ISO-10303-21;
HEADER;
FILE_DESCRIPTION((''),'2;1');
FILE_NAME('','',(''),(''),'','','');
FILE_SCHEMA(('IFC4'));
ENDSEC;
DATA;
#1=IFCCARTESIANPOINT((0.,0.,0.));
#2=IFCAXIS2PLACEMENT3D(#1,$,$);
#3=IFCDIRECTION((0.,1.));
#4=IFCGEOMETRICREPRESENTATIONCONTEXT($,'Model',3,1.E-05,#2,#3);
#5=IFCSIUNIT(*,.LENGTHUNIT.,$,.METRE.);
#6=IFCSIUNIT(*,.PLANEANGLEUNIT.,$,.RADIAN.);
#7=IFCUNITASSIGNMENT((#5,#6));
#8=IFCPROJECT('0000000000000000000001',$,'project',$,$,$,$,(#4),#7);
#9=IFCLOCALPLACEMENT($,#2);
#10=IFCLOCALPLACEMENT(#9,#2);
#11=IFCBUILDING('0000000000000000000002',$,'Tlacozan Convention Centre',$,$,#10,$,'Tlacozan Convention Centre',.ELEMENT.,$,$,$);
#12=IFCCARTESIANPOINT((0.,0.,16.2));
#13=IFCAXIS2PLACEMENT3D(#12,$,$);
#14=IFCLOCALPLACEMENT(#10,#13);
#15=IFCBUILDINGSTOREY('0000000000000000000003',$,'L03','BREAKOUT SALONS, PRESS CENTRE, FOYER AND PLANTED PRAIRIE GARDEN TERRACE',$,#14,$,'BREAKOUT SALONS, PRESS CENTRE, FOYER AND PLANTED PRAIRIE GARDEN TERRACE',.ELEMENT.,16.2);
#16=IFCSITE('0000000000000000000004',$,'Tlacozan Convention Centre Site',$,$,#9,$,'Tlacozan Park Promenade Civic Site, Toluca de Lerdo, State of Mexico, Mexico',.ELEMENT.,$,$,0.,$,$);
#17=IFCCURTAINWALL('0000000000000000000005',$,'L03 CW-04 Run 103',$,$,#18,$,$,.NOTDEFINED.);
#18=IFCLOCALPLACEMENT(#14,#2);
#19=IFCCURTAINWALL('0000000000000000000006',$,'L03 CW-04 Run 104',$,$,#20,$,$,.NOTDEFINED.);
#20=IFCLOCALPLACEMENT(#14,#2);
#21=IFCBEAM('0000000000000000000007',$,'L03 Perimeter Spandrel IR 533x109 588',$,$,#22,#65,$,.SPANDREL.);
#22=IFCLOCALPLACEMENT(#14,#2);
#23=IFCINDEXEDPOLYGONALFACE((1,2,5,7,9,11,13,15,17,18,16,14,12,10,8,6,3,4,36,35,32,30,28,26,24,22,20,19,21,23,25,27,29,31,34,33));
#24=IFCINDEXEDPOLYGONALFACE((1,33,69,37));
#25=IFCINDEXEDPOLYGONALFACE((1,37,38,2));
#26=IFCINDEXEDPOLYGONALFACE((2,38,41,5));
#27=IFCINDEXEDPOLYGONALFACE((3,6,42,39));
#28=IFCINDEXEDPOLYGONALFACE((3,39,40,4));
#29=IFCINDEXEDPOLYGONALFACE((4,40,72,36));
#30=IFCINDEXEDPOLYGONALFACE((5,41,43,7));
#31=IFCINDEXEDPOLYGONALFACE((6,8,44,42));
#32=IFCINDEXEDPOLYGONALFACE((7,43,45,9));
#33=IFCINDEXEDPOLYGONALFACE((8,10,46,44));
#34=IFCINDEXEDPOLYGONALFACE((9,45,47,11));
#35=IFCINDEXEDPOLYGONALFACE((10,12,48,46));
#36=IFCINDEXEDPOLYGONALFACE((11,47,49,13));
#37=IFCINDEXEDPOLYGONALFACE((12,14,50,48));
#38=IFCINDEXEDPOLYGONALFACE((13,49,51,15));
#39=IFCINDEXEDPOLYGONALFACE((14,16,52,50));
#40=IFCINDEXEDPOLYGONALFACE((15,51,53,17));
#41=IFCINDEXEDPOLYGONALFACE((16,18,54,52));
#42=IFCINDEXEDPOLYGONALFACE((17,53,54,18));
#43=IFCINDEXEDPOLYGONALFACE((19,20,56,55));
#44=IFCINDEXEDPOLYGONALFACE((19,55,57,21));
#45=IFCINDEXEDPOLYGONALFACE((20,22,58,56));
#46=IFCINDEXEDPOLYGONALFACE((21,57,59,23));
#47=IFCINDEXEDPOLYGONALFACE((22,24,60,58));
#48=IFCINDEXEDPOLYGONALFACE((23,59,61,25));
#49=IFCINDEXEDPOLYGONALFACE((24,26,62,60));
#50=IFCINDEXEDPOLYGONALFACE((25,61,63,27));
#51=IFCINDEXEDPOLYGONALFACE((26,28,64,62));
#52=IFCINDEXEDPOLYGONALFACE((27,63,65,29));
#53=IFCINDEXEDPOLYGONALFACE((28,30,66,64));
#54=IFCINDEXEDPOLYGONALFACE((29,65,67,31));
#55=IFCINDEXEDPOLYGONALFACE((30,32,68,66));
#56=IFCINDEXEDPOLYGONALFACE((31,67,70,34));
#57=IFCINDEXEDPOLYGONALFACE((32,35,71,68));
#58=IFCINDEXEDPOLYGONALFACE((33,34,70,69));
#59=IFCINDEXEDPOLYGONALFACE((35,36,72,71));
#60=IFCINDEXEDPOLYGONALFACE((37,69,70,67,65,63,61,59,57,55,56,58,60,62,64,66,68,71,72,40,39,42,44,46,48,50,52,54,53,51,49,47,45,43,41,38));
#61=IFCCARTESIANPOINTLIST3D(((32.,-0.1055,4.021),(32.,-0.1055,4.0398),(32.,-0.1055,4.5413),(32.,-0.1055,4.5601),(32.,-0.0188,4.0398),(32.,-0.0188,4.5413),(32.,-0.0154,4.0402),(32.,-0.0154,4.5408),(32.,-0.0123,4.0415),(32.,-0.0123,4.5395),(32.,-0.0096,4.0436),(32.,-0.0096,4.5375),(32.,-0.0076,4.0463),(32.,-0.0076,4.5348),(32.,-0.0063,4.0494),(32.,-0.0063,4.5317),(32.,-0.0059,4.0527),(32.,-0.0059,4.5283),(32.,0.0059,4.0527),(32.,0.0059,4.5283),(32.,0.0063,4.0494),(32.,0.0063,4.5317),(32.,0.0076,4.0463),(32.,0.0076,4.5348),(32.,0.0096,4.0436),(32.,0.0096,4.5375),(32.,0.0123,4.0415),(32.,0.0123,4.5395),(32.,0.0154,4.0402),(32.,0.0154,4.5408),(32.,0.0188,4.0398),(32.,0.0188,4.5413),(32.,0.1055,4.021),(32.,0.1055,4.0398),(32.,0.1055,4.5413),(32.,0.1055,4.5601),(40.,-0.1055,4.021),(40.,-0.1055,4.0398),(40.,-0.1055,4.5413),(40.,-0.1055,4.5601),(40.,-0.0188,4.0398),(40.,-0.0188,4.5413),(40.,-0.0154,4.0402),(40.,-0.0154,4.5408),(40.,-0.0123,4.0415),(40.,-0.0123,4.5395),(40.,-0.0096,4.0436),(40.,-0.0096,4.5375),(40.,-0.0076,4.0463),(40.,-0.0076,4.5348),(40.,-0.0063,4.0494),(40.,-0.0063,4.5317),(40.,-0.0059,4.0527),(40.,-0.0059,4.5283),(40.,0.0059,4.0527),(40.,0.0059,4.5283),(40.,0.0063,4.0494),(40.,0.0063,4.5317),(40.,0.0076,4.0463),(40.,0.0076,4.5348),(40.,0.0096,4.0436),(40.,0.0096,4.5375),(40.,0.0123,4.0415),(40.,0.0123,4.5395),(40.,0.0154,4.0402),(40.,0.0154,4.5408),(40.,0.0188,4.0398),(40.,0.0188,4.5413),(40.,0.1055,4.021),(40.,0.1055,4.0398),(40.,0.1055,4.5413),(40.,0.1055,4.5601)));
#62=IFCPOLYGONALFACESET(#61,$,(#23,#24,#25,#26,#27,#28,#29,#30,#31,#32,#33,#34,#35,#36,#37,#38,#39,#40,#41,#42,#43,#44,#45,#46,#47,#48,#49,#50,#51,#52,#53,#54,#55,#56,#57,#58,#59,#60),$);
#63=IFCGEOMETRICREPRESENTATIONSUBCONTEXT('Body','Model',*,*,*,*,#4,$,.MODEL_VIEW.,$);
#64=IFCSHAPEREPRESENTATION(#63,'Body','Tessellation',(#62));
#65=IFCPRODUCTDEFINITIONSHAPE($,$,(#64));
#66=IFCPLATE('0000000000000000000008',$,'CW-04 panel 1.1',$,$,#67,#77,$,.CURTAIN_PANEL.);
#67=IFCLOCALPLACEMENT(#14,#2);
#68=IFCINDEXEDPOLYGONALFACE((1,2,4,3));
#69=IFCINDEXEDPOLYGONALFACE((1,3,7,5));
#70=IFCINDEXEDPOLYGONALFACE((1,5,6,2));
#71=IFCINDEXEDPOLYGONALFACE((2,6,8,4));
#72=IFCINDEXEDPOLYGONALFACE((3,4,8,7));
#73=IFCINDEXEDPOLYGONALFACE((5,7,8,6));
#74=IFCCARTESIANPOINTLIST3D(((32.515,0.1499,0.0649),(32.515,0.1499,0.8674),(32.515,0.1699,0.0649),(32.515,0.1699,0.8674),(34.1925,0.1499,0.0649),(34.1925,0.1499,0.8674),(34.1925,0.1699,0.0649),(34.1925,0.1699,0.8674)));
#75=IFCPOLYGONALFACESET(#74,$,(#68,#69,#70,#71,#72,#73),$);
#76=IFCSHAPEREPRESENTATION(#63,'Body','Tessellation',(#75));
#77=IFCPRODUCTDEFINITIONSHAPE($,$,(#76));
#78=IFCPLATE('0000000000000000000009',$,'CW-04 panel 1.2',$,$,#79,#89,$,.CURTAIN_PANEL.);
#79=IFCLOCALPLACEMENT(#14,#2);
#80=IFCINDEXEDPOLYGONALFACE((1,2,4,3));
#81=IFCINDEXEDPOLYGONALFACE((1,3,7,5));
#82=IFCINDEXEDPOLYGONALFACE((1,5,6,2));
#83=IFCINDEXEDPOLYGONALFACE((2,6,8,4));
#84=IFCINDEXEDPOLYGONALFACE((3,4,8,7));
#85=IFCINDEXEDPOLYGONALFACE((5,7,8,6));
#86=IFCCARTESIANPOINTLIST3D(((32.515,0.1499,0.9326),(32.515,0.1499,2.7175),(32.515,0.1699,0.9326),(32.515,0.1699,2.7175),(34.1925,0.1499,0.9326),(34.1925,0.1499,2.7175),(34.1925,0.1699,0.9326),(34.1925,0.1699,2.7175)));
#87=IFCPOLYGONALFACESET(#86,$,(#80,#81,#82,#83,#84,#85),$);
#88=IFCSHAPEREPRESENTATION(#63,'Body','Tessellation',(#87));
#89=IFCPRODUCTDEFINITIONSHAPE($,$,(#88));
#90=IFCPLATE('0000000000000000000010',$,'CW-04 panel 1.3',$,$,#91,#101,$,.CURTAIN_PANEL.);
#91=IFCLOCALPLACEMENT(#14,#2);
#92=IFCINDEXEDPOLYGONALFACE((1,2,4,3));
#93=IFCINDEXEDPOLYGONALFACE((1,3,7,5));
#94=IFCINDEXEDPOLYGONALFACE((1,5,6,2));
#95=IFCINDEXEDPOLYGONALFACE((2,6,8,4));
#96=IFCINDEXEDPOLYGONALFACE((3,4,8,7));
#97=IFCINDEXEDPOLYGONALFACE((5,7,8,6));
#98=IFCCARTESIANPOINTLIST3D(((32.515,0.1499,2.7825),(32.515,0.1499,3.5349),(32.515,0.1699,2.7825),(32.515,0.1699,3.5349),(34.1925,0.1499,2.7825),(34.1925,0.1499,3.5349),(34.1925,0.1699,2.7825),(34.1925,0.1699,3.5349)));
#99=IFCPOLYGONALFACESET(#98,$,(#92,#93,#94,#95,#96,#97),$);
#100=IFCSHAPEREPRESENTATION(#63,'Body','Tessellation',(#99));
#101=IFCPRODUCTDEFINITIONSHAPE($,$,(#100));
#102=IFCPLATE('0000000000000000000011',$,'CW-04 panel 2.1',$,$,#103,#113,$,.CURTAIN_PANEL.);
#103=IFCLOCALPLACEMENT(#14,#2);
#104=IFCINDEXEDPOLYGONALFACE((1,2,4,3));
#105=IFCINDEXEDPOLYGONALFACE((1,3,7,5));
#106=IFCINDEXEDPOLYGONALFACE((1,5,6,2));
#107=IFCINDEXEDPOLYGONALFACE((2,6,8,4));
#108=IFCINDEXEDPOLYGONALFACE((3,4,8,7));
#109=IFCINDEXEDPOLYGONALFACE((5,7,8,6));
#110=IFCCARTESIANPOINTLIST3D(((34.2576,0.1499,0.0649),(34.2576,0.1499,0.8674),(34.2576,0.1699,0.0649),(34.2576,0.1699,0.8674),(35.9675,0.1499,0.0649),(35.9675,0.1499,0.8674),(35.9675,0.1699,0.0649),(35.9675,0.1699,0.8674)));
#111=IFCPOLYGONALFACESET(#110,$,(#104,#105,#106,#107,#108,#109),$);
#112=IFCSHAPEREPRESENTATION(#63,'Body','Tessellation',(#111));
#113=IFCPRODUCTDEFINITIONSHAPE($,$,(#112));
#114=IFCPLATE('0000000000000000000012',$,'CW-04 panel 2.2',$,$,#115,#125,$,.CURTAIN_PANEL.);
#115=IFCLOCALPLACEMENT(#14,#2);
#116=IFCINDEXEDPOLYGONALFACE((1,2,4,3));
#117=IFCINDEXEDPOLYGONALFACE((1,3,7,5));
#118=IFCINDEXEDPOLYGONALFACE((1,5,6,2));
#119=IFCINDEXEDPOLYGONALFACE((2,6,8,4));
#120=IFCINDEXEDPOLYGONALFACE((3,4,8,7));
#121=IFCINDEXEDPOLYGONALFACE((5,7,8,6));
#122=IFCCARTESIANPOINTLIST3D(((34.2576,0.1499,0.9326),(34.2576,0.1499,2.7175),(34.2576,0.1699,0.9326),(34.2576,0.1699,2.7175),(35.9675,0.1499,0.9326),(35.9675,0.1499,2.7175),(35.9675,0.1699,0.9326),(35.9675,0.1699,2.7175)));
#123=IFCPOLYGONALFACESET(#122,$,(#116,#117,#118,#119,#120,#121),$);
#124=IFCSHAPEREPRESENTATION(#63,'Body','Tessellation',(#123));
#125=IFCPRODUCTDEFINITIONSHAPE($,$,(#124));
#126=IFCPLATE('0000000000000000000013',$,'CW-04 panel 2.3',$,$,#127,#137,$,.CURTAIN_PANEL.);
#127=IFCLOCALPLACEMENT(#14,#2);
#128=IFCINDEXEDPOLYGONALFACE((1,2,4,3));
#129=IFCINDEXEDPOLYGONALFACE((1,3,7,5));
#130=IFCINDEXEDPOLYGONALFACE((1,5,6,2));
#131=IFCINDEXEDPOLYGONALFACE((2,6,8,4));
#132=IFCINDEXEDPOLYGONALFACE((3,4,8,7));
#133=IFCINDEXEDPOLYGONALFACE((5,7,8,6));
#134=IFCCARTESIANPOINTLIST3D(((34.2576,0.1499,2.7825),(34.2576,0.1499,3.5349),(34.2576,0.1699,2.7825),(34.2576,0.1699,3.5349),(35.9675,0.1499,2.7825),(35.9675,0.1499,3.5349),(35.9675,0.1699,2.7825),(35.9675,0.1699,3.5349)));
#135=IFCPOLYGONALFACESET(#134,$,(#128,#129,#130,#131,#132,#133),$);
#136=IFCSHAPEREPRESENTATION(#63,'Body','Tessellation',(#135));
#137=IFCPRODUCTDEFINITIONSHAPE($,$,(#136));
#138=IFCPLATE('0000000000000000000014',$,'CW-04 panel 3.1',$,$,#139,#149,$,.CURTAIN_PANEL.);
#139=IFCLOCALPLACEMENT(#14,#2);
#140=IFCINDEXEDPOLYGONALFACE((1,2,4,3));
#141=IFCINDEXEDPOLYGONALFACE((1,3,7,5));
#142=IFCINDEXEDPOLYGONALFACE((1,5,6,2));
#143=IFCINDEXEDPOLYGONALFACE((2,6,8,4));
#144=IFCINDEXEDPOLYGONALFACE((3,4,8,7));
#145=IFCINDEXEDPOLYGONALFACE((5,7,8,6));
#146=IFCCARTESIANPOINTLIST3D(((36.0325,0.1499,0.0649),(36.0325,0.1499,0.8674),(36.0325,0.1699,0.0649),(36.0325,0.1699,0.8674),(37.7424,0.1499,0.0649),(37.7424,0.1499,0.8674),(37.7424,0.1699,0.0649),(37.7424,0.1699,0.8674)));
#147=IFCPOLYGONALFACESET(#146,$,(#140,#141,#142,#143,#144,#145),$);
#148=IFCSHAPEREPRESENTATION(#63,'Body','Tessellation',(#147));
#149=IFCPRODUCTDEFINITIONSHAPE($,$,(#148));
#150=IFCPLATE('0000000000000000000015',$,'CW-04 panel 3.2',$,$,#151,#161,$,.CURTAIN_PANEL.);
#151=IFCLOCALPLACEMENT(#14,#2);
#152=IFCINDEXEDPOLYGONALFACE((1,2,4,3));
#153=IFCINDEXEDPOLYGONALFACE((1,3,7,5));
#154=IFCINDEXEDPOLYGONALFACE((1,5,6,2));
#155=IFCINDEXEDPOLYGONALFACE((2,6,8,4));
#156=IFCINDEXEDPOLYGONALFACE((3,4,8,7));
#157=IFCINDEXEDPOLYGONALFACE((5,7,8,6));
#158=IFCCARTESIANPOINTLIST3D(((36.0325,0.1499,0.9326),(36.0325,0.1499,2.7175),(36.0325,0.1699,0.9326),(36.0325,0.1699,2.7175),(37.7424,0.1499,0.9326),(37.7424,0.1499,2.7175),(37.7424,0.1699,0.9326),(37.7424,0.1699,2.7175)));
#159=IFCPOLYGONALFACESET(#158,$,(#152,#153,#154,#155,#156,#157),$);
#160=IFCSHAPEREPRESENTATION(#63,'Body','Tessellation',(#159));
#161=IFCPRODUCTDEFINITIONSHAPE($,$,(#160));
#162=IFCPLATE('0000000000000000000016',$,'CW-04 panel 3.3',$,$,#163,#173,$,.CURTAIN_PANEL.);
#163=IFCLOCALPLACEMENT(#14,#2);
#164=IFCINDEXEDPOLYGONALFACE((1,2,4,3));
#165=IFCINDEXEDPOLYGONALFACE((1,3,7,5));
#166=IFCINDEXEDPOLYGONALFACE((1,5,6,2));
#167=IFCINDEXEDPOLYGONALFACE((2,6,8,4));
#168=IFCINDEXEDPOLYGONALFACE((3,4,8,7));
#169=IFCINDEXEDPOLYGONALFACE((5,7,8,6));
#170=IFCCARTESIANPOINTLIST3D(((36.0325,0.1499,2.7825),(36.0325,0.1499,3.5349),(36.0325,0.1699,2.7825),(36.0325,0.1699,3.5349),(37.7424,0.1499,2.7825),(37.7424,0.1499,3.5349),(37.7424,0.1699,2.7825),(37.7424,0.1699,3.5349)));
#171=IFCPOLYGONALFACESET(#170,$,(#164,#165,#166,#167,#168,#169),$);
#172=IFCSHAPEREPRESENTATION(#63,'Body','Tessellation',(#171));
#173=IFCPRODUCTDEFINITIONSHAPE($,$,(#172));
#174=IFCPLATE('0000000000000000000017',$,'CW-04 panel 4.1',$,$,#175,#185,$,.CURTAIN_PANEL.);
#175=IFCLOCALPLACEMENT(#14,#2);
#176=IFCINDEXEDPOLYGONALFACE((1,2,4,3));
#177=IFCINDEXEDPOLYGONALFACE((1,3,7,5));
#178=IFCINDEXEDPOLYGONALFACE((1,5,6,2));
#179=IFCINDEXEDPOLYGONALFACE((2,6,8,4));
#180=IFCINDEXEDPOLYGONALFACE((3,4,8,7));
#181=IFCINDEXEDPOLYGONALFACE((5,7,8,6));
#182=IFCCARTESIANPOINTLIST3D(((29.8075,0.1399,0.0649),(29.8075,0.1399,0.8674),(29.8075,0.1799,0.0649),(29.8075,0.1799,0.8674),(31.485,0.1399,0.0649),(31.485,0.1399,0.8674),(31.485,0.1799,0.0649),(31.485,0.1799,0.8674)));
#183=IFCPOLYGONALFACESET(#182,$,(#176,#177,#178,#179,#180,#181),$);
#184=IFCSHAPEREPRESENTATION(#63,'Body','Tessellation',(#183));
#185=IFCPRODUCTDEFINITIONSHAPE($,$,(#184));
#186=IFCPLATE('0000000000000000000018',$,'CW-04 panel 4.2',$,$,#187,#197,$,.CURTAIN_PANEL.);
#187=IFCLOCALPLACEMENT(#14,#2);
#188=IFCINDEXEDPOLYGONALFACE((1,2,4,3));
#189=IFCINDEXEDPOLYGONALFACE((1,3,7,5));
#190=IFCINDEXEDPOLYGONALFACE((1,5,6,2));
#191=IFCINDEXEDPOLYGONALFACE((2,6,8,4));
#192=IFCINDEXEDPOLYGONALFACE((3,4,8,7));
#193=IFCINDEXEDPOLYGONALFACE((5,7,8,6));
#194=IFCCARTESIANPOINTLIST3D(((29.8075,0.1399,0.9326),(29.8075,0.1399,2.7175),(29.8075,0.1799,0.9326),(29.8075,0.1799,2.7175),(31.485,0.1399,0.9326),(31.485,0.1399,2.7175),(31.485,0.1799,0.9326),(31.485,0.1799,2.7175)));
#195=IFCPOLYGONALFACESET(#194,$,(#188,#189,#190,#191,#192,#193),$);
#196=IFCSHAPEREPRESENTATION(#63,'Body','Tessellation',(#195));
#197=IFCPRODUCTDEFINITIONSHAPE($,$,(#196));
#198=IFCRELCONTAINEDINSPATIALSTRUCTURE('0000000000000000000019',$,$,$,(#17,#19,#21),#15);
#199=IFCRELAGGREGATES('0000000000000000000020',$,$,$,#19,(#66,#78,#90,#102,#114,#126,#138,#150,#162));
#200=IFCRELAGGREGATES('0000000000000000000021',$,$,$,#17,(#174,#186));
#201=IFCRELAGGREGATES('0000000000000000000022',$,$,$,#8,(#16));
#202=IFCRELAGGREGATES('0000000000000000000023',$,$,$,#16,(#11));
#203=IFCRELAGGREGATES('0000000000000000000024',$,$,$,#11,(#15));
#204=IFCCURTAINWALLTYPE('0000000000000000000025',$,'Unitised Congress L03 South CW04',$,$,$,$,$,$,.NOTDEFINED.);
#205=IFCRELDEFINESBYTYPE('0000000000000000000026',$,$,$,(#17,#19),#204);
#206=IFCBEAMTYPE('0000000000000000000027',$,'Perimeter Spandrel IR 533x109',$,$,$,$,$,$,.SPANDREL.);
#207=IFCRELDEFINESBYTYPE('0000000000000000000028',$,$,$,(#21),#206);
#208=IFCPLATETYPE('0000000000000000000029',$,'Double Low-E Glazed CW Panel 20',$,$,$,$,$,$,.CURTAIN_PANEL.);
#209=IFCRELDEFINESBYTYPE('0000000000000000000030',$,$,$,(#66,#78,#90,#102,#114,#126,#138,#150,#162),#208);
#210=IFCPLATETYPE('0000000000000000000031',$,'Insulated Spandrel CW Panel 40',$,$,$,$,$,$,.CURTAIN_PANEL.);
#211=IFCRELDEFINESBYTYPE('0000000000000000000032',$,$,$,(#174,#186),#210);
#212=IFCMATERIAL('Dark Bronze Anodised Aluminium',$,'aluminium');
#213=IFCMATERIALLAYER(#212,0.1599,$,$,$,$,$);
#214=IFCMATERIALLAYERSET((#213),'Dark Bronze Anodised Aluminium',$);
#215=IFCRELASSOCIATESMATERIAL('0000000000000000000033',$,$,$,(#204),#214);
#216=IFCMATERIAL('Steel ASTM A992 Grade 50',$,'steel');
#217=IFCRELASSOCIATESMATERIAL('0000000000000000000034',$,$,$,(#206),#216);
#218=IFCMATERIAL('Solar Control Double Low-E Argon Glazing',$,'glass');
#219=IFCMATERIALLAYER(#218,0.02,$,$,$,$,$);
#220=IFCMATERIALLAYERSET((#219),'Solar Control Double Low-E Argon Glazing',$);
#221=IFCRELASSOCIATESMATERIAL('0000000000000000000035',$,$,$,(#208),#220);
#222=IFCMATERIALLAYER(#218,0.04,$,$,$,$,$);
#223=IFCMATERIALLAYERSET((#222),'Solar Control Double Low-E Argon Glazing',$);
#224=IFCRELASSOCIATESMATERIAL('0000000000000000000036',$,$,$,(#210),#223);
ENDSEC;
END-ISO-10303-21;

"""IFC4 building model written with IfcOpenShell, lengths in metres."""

from ifc_helpers import new_model, si_unit, direction, frame, origin, origin_2d, place, context, subcontext, project, spatial, rectangle, i_section, extrude, material, layer, layer_set, material_profile, profile_set, type_object, element, aggregate, save


model = new_model("IFC4")

# Units and contexts
model_context = context("Model", 3, precision=1e-05, world=origin(), true_north=direction((0.0, 1.0)))
body_context = subcontext(model_context, "Body", "Model", "MODEL_VIEW")
ifc_project = project(units=[si_unit("LENGTHUNIT", "METRE"), si_unit("PLANEANGLEUNIT", "RADIAN")], contexts=[model_context])

# Site, building, storey
site_placement = place(None, origin())
site = spatial("IfcSite", under=ifc_project, at=site_placement, Name="Tlacozan Convention Centre Site", LongName="Tlacozan Park Promenade Civic Site, Toluca de Lerdo, State of Mexico, Mexico", CompositionType="ELEMENT", RefElevation=0.0)
building_placement = place(site_placement, origin())
building = spatial("IfcBuilding", under=site, at=building_placement, Name="Tlacozan Convention Centre", LongName="Tlacozan Convention Centre", CompositionType="ELEMENT")
storey_placement = place(building_placement, frame((0.0, 0.0, 16.2)))
storey = spatial("IfcBuildingStorey", under=building, at=storey_placement, Name="L03", Description="BREAKOUT SALONS, PRESS CENTRE, FOYER AND PLANTED PRAIRIE GARDEN TERRACE", LongName="BREAKOUT SALONS, PRESS CENTRE, FOYER AND PLANTED PRAIRIE GARDEN TERRACE", CompositionType="ELEMENT", Elevation=16.2)

# Curtain wall
ifc_material_1 = material(Name="Dark Bronze Anodised Aluminium", Category="aluminium")
ifc_layer_1 = layer(ifc_material_1, 0.1599)
ifc_layer_set_1 = layer_set([ifc_layer_1], Name="Dark Bronze Anodised Aluminium")
curtain_wall_type = type_object("IfcCurtainWallType", Name="Unitised Congress L03 South CW04", PredefinedType="NOTDEFINED", material=ifc_layer_set_1)
curtain_wall_1_placement = place(storey_placement, origin())
curtain_wall_1 = element("IfcCurtainWall", 1, at=curtain_wall_1_placement, inside=storey, type_object=curtain_wall_type, Name="L03 CW-04 Run 103", PredefinedType="NOTDEFINED")

# Curtain wall
curtain_wall_2_placement = place(storey_placement, origin())
curtain_wall_2 = element("IfcCurtainWall", 2, at=curtain_wall_2_placement, inside=storey, type_object=curtain_wall_type, Name="L03 CW-04 Run 104", PredefinedType="NOTDEFINED")

# Beam
ifc_material_2 = material(Name="Steel ASTM A992 Grade 50", Category="steel")
ifc_material_profile_1 = material_profile(ifc_material_2, i_section(OverallWidth=0.2109, OverallDepth=0.5391, WebThickness=0.0117, FlangeThickness=0.0188, FilletRadius=0.0129, at=origin_2d()), Name="IR 533x109.0")
ifc_profile_set_1 = profile_set([ifc_material_profile_1], Name="Steel ASTM A992 Grade 50")
beam_type_1 = type_object("IfcBeamType", Name="Perimeter Spandrel IR 533x109", PredefinedType="SPANDREL", material=ifc_profile_set_1)
beam_1_placement = place(storey_placement, frame((32.0, 0.0, 4.2905), z_axis=(1.0, 0.0, 0.0), x_axis=(0.0, 1.0, 0.0)))
element("IfcBeam", 3, at=beam_1_placement, inside=storey, type_object=beam_type_1, Name="L03 Perimeter Spandrel IR 533x109 588", PredefinedType="SPANDREL", context=body_context, shape_type="SweptSolid", body=[
    extrude(i_section(OverallWidth=0.2109, OverallDepth=0.5391, WebThickness=0.0117, FlangeThickness=0.0188, FilletRadius=0.0129, at=origin_2d()), origin(), (0.0, 0.0, 1.0), 8.0),
])

# Plates
ifc_material_3 = material(Name="Solar Control Double Low-E Argon Glazing", Category="glass")
ifc_layer_2 = layer(ifc_material_3, 0.02)
ifc_layer_set_2 = layer_set([ifc_layer_2], Name="Solar Control Double Low-E Argon Glazing")
plate_type_1 = type_object("IfcPlateType", Name="Double Low-E Glazed CW Panel 20", PredefinedType="CURTAIN_PANEL", material=ifc_layer_set_2)
plate_1_placement = place(storey_placement, frame((33.3538, 0.1599, 0.0649), z_axis=(0.0, 0.0, 1.0), x_axis=(1.0, 0.0, 0.0)))
plate_1 = element("IfcPlate", 4, at=plate_1_placement, type_object=plate_type_1, Name="CW-04 panel 1.1", PredefinedType="CURTAIN_PANEL", context=body_context, shape_type="SweptSolid", body=[
    extrude(rectangle(XDim=1.6775, YDim=0.02, at=origin_2d()), origin(), (0.0, 0.0, 1.0), 0.8025),
])
plate_2_placement = place(storey_placement, frame((33.3538, 0.1599, 0.9326), z_axis=(0.0, 0.0, 1.0), x_axis=(1.0, 0.0, 0.0)))
plate_2 = element("IfcPlate", 5, at=plate_2_placement, type_object=plate_type_1, Name="CW-04 panel 1.2", PredefinedType="CURTAIN_PANEL", context=body_context, shape_type="SweptSolid", body=[
    extrude(rectangle(XDim=1.6775, YDim=0.02, at=origin_2d()), origin(), (0.0, 0.0, 1.0), 1.7849),
])
plate_3_placement = place(storey_placement, frame((33.3538, 0.1599, 2.7825), z_axis=(0.0, 0.0, 1.0), x_axis=(1.0, 0.0, 0.0)))
plate_3 = element("IfcPlate", 6, at=plate_3_placement, type_object=plate_type_1, Name="CW-04 panel 1.3", PredefinedType="CURTAIN_PANEL", context=body_context, shape_type="SweptSolid", body=[
    extrude(rectangle(XDim=1.6775, YDim=0.02, at=origin_2d()), origin(), (0.0, 0.0, 1.0), 0.7524),
])
plate_4_placement = place(storey_placement, frame((35.1125, 0.1599, 0.0649), z_axis=(0.0, 0.0, 1.0), x_axis=(1.0, 0.0, 0.0)))
plate_4 = element("IfcPlate", 7, at=plate_4_placement, type_object=plate_type_1, Name="CW-04 panel 2.1", PredefinedType="CURTAIN_PANEL", context=body_context, shape_type="SweptSolid", body=[
    extrude(rectangle(XDim=1.71, YDim=0.02, at=origin_2d()), origin(), (0.0, 0.0, 1.0), 0.8025),
])
plate_5_placement = place(storey_placement, frame((35.1125, 0.1599, 0.9326), z_axis=(0.0, 0.0, 1.0), x_axis=(1.0, 0.0, 0.0)))
plate_5 = element("IfcPlate", 8, at=plate_5_placement, type_object=plate_type_1, Name="CW-04 panel 2.2", PredefinedType="CURTAIN_PANEL", context=body_context, shape_type="SweptSolid", body=[
    extrude(rectangle(XDim=1.71, YDim=0.02, at=origin_2d()), origin(), (0.0, 0.0, 1.0), 1.7849),
])
plate_6_placement = place(storey_placement, frame((35.1125, 0.1599, 2.7825), z_axis=(0.0, 0.0, 1.0), x_axis=(1.0, 0.0, 0.0)))
plate_6 = element("IfcPlate", 9, at=plate_6_placement, type_object=plate_type_1, Name="CW-04 panel 2.3", PredefinedType="CURTAIN_PANEL", context=body_context, shape_type="SweptSolid", body=[
    extrude(rectangle(XDim=1.71, YDim=0.02, at=origin_2d()), origin(), (0.0, 0.0, 1.0), 0.7524),
])
plate_7_placement = place(storey_placement, frame((36.8875, 0.1599, 0.0649), z_axis=(0.0, 0.0, 1.0), x_axis=(1.0, 0.0, 0.0)))
plate_7 = element("IfcPlate", 10, at=plate_7_placement, type_object=plate_type_1, Name="CW-04 panel 3.1", PredefinedType="CURTAIN_PANEL", context=body_context, shape_type="SweptSolid", body=[
    extrude(rectangle(XDim=1.71, YDim=0.02, at=origin_2d()), origin(), (0.0, 0.0, 1.0), 0.8025),
])
plate_8_placement = place(storey_placement, frame((36.8875, 0.1599, 0.9326), z_axis=(0.0, 0.0, 1.0), x_axis=(1.0, 0.0, 0.0)))
plate_8 = element("IfcPlate", 11, at=plate_8_placement, type_object=plate_type_1, Name="CW-04 panel 3.2", PredefinedType="CURTAIN_PANEL", context=body_context, shape_type="SweptSolid", body=[
    extrude(rectangle(XDim=1.71, YDim=0.02, at=origin_2d()), origin(), (0.0, 0.0, 1.0), 1.7849),
])
plate_9_placement = place(storey_placement, frame((36.8875, 0.1599, 2.7825), z_axis=(0.0, 0.0, 1.0), x_axis=(1.0, 0.0, 0.0)))
plate_9 = element("IfcPlate", 12, at=plate_9_placement, type_object=plate_type_1, Name="CW-04 panel 3.3", PredefinedType="CURTAIN_PANEL", context=body_context, shape_type="SweptSolid", body=[
    extrude(rectangle(XDim=1.71, YDim=0.02, at=origin_2d()), origin(), (0.0, 0.0, 1.0), 0.7524),
])
aggregate(curtain_wall_2, [plate_1, plate_2, plate_3, plate_4, plate_5, plate_6, plate_7, plate_8, plate_9])
ifc_layer_3 = layer(ifc_material_3, 0.04)
ifc_layer_set_3 = layer_set([ifc_layer_3], Name="Solar Control Double Low-E Argon Glazing")
plate_type_2 = type_object("IfcPlateType", Name="Insulated Spandrel CW Panel 40", PredefinedType="CURTAIN_PANEL", material=ifc_layer_set_3)
plate_10_placement = place(storey_placement, frame((30.6462, 0.1599, 0.0649), z_axis=(0.0, 0.0, 1.0), x_axis=(1.0, 0.0, 0.0)))
plate_10 = element("IfcPlate", 13, at=plate_10_placement, type_object=plate_type_2, Name="CW-04 panel 4.1", PredefinedType="CURTAIN_PANEL", context=body_context, shape_type="SweptSolid", body=[
    extrude(rectangle(XDim=1.6775, YDim=0.04, at=origin_2d()), origin(), (0.0, 0.0, 1.0), 0.8025),
])
plate_11_placement = place(storey_placement, frame((30.6462, 0.1599, 0.9326), z_axis=(0.0, 0.0, 1.0), x_axis=(1.0, 0.0, 0.0)))
plate_11 = element("IfcPlate", 14, at=plate_11_placement, type_object=plate_type_2, Name="CW-04 panel 4.2", PredefinedType="CURTAIN_PANEL", context=body_context, shape_type="SweptSolid", body=[
    extrude(rectangle(XDim=1.6775, YDim=0.04, at=origin_2d()), origin(), (0.0, 0.0, 1.0), 1.7849),
])
aggregate(curtain_wall_1, [plate_10, plate_11])

save(model, "model.ifc")
